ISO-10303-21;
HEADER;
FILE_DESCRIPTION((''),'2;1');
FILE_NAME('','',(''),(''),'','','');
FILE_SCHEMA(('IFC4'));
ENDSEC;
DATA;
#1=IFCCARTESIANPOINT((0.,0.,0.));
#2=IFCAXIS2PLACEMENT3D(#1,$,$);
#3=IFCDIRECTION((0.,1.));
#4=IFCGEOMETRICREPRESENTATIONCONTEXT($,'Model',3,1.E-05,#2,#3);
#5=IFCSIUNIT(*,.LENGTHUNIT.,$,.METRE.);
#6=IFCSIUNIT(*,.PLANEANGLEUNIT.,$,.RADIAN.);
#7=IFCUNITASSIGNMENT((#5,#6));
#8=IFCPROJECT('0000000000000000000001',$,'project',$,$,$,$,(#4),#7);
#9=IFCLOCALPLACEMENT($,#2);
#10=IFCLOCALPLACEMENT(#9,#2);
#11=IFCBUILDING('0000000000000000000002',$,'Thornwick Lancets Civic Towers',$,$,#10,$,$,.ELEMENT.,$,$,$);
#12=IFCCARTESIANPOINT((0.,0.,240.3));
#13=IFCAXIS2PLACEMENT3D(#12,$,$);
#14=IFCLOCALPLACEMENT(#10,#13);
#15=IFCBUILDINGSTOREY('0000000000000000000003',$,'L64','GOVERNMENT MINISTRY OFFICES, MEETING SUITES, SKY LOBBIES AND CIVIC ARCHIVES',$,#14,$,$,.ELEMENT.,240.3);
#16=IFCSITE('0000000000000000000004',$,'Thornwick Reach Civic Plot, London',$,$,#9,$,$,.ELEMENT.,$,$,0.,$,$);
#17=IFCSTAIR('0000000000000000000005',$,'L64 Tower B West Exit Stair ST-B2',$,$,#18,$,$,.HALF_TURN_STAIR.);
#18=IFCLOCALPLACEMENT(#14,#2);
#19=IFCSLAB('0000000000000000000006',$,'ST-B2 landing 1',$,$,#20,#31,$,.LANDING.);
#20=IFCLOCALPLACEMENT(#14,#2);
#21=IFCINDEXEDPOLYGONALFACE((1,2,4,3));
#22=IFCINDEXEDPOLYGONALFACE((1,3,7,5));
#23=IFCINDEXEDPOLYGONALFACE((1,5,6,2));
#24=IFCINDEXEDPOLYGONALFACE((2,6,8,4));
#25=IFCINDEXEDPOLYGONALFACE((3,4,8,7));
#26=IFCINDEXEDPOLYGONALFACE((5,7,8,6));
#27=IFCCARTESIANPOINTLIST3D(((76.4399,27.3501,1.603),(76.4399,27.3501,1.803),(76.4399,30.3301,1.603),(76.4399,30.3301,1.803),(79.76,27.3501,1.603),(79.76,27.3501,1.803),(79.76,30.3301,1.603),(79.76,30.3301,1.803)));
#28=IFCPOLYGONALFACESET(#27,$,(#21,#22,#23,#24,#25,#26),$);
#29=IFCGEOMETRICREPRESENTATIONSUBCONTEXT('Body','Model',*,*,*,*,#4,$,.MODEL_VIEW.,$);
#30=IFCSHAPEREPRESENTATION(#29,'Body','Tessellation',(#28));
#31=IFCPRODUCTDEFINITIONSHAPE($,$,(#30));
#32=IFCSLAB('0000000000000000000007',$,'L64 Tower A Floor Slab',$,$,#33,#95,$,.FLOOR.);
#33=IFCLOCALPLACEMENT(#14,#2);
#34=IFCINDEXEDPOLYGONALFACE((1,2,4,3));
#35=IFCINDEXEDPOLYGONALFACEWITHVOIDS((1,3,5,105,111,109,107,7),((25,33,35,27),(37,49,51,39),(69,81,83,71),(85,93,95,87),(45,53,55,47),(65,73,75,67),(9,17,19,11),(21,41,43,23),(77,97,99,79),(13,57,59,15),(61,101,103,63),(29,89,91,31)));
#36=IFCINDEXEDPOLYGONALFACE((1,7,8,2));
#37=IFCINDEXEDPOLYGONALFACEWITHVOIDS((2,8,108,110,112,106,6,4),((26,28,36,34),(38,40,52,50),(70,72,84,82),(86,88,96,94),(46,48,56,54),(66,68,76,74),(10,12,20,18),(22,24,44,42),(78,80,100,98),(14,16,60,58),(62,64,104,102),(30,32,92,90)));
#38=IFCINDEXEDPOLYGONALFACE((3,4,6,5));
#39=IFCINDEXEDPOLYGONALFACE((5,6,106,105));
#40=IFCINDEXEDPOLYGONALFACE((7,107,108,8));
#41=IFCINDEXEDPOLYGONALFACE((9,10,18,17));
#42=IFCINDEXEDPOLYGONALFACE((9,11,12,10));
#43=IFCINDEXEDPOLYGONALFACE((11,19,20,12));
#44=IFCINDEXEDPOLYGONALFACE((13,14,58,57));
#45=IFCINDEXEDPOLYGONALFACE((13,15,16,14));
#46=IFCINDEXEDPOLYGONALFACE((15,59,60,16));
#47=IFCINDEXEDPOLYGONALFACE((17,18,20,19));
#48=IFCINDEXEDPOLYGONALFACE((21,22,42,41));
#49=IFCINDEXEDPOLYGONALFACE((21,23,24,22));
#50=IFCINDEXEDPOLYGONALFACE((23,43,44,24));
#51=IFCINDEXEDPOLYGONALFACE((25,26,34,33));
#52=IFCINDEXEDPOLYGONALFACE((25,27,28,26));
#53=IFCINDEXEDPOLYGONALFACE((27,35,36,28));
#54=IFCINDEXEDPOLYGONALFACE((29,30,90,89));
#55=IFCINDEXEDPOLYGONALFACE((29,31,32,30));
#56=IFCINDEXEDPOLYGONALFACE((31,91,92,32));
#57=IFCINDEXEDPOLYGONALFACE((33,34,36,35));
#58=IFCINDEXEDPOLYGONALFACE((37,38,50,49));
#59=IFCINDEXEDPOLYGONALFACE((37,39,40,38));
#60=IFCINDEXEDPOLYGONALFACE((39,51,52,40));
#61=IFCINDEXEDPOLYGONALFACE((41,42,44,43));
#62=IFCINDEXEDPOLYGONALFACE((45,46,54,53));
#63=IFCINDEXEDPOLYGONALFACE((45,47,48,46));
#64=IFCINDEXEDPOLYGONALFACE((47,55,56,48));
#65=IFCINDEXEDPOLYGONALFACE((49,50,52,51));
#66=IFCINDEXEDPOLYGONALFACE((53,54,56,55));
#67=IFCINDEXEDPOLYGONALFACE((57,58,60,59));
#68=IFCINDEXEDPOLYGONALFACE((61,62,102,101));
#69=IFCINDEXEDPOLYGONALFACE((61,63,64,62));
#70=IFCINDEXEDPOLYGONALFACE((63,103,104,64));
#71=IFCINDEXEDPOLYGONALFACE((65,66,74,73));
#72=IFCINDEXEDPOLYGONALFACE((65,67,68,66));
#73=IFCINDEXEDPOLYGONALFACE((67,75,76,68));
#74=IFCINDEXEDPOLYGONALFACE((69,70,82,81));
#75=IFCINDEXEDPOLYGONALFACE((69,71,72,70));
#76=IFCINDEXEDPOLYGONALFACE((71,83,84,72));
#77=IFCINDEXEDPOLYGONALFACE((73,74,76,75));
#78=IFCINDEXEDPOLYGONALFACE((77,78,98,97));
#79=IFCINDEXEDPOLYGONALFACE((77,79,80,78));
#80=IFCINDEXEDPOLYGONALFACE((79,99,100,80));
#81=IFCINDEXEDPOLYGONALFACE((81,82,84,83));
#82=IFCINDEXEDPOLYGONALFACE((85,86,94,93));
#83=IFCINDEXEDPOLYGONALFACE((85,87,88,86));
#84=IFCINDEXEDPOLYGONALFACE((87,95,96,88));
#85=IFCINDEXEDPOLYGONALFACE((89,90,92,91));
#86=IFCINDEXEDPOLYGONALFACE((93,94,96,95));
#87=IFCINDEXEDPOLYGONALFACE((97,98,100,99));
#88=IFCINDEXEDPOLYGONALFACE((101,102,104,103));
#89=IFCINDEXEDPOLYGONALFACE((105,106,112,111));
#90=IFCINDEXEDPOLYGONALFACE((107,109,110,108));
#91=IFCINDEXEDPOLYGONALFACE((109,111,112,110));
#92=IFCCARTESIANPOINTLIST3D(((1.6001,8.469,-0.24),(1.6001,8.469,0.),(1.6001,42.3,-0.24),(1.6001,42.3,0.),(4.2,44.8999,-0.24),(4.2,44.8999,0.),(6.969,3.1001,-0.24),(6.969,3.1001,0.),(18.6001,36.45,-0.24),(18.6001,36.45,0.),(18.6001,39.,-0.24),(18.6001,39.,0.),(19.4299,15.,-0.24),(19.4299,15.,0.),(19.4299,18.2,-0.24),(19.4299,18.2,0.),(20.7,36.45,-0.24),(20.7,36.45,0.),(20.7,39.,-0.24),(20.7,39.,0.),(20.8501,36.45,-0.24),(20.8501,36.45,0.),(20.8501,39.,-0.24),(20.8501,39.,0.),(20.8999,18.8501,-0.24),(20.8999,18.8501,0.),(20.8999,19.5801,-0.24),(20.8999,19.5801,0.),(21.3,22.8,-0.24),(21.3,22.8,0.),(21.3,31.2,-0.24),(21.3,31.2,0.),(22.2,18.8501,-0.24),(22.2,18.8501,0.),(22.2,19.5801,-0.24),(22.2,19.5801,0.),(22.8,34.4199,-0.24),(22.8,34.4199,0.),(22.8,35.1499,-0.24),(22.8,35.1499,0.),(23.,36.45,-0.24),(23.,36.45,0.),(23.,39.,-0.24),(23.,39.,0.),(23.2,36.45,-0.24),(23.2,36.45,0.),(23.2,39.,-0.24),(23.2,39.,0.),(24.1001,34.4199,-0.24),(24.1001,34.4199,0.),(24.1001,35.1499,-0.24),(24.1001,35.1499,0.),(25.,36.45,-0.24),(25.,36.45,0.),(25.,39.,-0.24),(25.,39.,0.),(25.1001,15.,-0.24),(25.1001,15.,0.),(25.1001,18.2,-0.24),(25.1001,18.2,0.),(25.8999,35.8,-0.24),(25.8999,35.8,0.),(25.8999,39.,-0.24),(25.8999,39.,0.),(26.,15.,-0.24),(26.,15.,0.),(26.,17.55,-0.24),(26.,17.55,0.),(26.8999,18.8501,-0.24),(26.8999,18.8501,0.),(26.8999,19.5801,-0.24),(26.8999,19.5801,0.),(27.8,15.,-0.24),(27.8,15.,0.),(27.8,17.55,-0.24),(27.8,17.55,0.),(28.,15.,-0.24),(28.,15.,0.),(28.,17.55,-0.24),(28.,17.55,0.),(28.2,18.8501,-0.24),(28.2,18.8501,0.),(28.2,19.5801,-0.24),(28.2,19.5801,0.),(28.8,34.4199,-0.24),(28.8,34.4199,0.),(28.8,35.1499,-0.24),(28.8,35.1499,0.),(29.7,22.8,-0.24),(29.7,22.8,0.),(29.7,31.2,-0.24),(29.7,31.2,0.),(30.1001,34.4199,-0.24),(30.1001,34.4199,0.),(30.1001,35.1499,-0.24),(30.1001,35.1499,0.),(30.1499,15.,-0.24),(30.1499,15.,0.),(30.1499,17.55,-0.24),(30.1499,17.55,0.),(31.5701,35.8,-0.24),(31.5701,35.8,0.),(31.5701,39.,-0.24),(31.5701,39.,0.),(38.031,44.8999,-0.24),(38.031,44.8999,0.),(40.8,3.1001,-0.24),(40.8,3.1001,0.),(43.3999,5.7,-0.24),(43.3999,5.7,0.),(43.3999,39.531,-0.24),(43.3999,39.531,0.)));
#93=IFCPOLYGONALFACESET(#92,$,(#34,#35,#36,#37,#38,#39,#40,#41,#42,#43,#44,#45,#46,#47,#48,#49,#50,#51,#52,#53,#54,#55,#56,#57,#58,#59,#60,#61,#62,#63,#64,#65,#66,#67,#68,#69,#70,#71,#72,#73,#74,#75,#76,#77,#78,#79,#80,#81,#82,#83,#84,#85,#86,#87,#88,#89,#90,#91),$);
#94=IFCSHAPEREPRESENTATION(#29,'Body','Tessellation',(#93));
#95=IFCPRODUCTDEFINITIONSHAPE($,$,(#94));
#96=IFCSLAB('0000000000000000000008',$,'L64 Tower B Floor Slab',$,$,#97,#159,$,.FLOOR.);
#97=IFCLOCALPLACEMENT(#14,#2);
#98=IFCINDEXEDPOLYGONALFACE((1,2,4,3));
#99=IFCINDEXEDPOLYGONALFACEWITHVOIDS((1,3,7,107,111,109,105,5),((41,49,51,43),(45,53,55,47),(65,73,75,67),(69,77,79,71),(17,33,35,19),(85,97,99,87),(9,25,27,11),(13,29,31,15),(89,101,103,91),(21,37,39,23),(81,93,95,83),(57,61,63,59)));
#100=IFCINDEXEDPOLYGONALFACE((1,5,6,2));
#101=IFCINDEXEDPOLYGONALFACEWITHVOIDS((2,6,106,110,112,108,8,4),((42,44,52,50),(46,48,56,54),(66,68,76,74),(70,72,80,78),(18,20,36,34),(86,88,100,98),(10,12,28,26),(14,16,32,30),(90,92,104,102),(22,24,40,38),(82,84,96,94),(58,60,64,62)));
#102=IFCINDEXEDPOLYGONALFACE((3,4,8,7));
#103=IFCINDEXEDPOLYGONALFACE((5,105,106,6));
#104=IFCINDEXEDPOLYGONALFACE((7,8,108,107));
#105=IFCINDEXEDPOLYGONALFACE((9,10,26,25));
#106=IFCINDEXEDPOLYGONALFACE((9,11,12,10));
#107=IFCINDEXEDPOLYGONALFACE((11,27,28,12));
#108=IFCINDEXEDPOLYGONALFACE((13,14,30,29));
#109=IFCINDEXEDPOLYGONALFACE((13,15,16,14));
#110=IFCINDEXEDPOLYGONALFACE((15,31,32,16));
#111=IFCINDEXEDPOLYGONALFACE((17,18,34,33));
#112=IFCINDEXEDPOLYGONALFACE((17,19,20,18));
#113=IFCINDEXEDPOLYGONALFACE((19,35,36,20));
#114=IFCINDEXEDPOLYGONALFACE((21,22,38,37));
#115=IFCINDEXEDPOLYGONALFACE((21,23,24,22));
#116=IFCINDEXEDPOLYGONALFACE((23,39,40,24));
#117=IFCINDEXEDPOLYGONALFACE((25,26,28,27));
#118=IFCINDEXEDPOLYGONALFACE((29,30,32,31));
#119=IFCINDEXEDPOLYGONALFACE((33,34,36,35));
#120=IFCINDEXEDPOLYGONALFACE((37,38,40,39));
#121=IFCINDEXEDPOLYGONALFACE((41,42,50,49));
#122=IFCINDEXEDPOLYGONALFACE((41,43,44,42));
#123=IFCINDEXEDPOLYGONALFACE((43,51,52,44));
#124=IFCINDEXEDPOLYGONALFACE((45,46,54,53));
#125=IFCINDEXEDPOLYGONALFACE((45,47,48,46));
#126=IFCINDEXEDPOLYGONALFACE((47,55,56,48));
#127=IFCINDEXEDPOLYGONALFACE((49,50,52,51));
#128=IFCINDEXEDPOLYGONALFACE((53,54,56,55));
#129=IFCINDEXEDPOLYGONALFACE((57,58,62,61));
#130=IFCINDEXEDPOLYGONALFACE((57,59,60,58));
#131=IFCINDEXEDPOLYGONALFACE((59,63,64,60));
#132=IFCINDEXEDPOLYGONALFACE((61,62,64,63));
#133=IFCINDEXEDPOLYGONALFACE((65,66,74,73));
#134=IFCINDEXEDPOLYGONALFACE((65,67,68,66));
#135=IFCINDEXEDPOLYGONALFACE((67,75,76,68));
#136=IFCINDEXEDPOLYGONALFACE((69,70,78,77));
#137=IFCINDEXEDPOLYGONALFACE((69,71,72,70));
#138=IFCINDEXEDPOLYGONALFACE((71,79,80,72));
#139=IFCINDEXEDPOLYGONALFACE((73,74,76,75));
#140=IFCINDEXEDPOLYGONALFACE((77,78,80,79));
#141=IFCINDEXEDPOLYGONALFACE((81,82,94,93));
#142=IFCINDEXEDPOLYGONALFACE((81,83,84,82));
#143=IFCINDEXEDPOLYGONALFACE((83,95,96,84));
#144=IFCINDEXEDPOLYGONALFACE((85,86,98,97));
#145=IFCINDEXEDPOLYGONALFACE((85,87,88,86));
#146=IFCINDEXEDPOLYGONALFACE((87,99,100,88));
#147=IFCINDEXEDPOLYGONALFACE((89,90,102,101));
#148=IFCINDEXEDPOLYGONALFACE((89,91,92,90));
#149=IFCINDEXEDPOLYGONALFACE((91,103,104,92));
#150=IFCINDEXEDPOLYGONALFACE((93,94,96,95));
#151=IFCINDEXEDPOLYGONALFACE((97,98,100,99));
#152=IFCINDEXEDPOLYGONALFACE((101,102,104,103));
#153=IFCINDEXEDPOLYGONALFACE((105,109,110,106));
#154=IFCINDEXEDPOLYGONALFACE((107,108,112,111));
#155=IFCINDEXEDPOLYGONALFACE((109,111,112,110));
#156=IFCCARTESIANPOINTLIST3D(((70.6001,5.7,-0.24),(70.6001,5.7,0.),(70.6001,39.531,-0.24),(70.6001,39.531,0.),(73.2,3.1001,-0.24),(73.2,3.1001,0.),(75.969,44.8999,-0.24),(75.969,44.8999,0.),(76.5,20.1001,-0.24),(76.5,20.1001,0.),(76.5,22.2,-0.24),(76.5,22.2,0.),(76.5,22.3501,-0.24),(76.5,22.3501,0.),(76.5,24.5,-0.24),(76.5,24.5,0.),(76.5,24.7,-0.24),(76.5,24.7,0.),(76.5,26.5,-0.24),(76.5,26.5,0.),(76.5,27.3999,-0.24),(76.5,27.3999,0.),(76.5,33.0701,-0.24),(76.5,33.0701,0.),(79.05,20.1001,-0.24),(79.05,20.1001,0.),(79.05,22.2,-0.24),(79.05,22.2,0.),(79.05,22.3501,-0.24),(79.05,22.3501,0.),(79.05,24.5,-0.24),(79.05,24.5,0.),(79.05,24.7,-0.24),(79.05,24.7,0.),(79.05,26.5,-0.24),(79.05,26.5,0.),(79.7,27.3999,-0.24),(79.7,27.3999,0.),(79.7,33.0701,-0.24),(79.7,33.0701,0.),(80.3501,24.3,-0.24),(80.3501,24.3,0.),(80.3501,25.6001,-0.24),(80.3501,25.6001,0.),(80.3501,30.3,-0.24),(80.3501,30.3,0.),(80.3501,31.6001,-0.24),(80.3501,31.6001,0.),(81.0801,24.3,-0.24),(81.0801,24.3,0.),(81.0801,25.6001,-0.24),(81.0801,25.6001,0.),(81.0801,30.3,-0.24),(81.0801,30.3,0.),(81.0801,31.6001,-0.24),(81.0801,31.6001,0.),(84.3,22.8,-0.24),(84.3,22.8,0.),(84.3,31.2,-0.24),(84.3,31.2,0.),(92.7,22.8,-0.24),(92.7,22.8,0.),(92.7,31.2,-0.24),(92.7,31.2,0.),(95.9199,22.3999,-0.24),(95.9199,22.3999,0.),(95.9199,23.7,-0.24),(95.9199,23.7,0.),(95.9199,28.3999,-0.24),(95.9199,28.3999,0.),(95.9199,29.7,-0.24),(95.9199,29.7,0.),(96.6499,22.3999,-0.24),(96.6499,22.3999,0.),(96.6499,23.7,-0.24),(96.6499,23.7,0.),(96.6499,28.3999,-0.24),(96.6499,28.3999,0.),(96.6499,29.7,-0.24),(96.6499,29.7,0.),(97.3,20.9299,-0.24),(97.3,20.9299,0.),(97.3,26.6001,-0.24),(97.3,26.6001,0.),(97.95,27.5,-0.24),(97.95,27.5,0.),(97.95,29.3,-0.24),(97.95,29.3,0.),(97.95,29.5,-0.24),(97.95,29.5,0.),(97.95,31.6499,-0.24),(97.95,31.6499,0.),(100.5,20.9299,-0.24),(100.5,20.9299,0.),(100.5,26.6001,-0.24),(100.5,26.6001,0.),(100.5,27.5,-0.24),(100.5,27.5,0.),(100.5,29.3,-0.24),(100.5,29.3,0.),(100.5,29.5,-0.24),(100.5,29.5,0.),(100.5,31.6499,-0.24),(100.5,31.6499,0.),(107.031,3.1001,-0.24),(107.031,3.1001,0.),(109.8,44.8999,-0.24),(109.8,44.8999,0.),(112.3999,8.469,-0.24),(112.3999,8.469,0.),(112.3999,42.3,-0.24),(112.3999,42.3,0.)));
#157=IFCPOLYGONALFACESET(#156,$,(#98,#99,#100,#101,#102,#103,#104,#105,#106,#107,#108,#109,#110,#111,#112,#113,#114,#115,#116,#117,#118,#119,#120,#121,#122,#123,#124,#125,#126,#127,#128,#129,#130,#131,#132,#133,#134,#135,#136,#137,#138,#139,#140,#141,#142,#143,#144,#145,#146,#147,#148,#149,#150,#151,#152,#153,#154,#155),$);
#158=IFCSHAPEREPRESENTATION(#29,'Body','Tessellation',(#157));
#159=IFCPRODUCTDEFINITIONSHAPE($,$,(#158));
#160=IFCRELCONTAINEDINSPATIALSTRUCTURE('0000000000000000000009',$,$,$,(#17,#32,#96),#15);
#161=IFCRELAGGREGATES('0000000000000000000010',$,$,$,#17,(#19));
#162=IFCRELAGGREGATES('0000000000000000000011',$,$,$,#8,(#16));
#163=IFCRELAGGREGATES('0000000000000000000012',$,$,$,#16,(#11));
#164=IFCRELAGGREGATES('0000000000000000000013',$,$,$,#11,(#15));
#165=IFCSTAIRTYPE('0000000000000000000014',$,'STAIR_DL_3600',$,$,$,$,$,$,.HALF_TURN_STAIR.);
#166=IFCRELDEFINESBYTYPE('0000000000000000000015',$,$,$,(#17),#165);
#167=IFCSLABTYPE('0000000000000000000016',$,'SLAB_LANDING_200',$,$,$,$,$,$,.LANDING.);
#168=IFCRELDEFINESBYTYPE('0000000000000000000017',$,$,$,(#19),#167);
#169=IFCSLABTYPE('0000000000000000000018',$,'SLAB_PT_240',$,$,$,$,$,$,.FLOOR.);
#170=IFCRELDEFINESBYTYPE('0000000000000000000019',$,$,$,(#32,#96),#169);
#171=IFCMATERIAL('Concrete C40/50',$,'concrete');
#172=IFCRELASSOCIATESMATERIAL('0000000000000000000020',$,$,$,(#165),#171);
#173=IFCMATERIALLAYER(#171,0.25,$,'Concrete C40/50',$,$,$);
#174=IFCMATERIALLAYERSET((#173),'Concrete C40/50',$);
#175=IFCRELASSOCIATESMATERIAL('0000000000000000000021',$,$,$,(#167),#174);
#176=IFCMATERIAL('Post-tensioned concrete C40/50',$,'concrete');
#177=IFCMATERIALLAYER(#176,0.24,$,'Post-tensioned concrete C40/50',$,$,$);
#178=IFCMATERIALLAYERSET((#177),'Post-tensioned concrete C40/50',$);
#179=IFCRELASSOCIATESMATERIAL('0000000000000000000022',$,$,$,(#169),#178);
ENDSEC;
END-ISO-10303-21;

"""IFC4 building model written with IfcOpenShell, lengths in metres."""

from ifc_helpers import new_model, si_unit, direction, frame, origin, place, context, subcontext, project, spatial, polyline, outline, extrude, material, layer, layer_set, type_object, element, aggregate, save


model = new_model("IFC4")

# Units and contexts
model_context = context("Model", 3, precision=1e-05, world=origin(), true_north=direction((0.0, 1.0)))
body_context = subcontext(model_context, "Body", "Model", "MODEL_VIEW")
ifc_project = project(units=[si_unit("LENGTHUNIT", "METRE"), si_unit("PLANEANGLEUNIT", "RADIAN")], contexts=[model_context])

# Site, building, storey
site_placement = place(None, origin())
site = spatial("IfcSite", under=ifc_project, at=site_placement, Name="Thornwick Reach Civic Plot, London", CompositionType="ELEMENT", RefElevation=0.0)
building_placement = place(site_placement, origin())
building = spatial("IfcBuilding", under=site, at=building_placement, Name="Thornwick Lancets Civic Towers", CompositionType="ELEMENT")
storey_placement = place(building_placement, frame((0.0, 0.0, 240.3)))
storey = spatial("IfcBuildingStorey", under=building, at=storey_placement, Name="L64", Description="GOVERNMENT MINISTRY OFFICES, MEETING SUITES, SKY LOBBIES AND CIVIC ARCHIVES", CompositionType="ELEMENT", Elevation=240.3)

# Shared definitions
ifc_material_1 = material(Name="Post-tensioned concrete C40/50", Category="concrete")

# Stair, slab
ifc_material_2 = material(Name="Concrete C40/50", Category="concrete")
stair_type = type_object("IfcStairType", Name="STAIR_DL_3600", PredefinedType="HALF_TURN_STAIR", material=ifc_material_2)
ifc_layer_1 = layer(ifc_material_2, 0.25, Name="Concrete C40/50")
ifc_layer_set_1 = layer_set([ifc_layer_1], Name="Concrete C40/50")
slab_type_1 = type_object("IfcSlabType", Name="SLAB_LANDING_200", PredefinedType="LANDING", material=ifc_layer_set_1)
stair_1_placement = place(storey_placement, origin())
stair_1 = element("IfcStair", 1, at=stair_1_placement, inside=storey, type_object=stair_type, Name="L64 Tower B West Exit Stair ST-B2", PredefinedType="HALF_TURN_STAIR")
slab_1_placement = place(storey_placement, frame((0.0, 0.0, 1.603)))
slab_1 = element("IfcSlab", 2, at=slab_1_placement, type_object=slab_type_1, Name="ST-B2 landing 1", PredefinedType="LANDING", context=body_context, shape_type="SweptSolid", body=[
    extrude(outline(polyline([(76.4399, 30.3301), (76.4399, 27.3501), (79.76, 27.3501), (79.76, 30.3301), (76.4399, 30.3301)])), origin(), (0.0, 0.0, 1.0), 0.2),
])
aggregate(stair_1, [slab_1])

# Slabs
ifc_layer_2 = layer(ifc_material_1, 0.24, Name="Post-tensioned concrete C40/50")
ifc_layer_set_2 = layer_set([ifc_layer_2], Name="Post-tensioned concrete C40/50")
slab_type_2 = type_object("IfcSlabType", Name="SLAB_PT_240", PredefinedType="FLOOR", material=ifc_layer_set_2)
slab_2_placement = place(storey_placement, frame((0.0, 0.0, -0.24)))
element("IfcSlab", 3, at=slab_2_placement, inside=storey, type_object=slab_type_2, Name="L64 Tower A Floor Slab", PredefinedType="FLOOR", context=body_context, shape_type="SweptSolid", body=[
    extrude(outline(polyline([(6.969, 3.1001), (40.8, 3.1001), (43.3999, 5.7), (43.3999, 39.531), (38.031, 44.8999), (4.2, 44.8999), (1.6001, 42.3), (1.6001, 8.469), (6.969, 3.1001)]), holes=[polyline([(21.3, 22.8), (29.7, 22.8), (29.7, 31.2), (21.3, 31.2), (21.3, 22.8)]), polyline([(19.4299, 15.0), (25.1001, 15.0), (25.1001, 18.2), (19.4299, 18.2), (19.4299, 15.0)]), polyline([(31.5701, 39.0), (25.8999, 39.0), (25.8999, 35.8), (31.5701, 35.8), (31.5701, 39.0)]), polyline([(26.0, 15.0), (27.8, 15.0), (27.8, 17.55), (26.0, 17.55), (26.0, 15.0)]), polyline([(28.0, 15.0), (30.1499, 15.0), (30.1499, 17.55), (28.0, 17.55), (28.0, 15.0)]), polyline([(23.2, 36.45), (25.0, 36.45), (25.0, 39.0), (23.2, 39.0), (23.2, 36.45)]), polyline([(20.8501, 36.45), (23.0, 36.45), (23.0, 39.0), (20.8501, 39.0), (20.8501, 36.45)]), polyline([(18.6001, 36.45), (20.7, 36.45), (20.7, 39.0), (18.6001, 39.0), (18.6001, 36.45)]), polyline([(26.8999, 18.8501), (28.2, 18.8501), (28.2, 19.5801), (26.8999, 19.5801), (26.8999, 18.8501)]), polyline([(20.8999, 18.8501), (22.2, 18.8501), (22.2, 19.5801), (20.8999, 19.5801), (20.8999, 18.8501)]), polyline([(22.8, 34.4199), (24.1001, 34.4199), (24.1001, 35.1499), (22.8, 35.1499), (22.8, 34.4199)]), polyline([(28.8, 34.4199), (30.1001, 34.4199), (30.1001, 35.1499), (28.8, 35.1499), (28.8, 34.4199)])]), origin(), (0.0, 0.0, 1.0), 0.24),
])
slab_3_placement = place(storey_placement, frame((0.0, 0.0, -0.24)))
element("IfcSlab", 4, at=slab_3_placement, inside=storey, type_object=slab_type_2, Name="L64 Tower B Floor Slab", PredefinedType="FLOOR", context=body_context, shape_type="SweptSolid", body=[
    extrude(outline(polyline([(73.2, 3.1001), (107.031, 3.1001), (112.3999, 8.469), (112.3999, 42.3), (109.8, 44.8999), (75.969, 44.8999), (70.6001, 39.531), (70.6001, 5.7), (73.2, 3.1001)]), holes=[polyline([(84.3, 22.8), (92.7, 22.8), (92.7, 31.2), (84.3, 31.2), (84.3, 22.8)]), polyline([(100.5, 20.9299), (100.5, 26.6001), (97.3, 26.6001), (97.3, 20.9299), (100.5, 20.9299)]), polyline([(76.5, 33.0701), (76.5, 27.3999), (79.7, 27.3999), (79.7, 33.0701), (76.5, 33.0701)]), polyline([(97.95, 27.5), (100.5, 27.5), (100.5, 29.3), (97.95, 29.3), (97.95, 27.5)]), polyline([(97.95, 29.5), (100.5, 29.5), (100.5, 31.6499), (97.95, 31.6499), (97.95, 29.5)]), polyline([(76.5, 24.7), (79.05, 24.7), (79.05, 26.5), (76.5, 26.5), (76.5, 24.7)]), polyline([(76.5, 22.3501), (79.05, 22.3501), (79.05, 24.5), (76.5, 24.5), (76.5, 22.3501)]), polyline([(76.5, 20.1001), (79.05, 20.1001), (79.05, 22.2), (76.5, 22.2), (76.5, 20.1001)]), polyline([(95.9199, 28.3999), (96.6499, 28.3999), (96.6499, 29.7), (95.9199, 29.7), (95.9199, 28.3999)]), polyline([(95.9199, 22.3999), (96.6499, 22.3999), (96.6499, 23.7), (95.9199, 23.7), (95.9199, 22.3999)]), polyline([(80.3501, 24.3), (81.0801, 24.3), (81.0801, 25.6001), (80.3501, 25.6001), (80.3501, 24.3)]), polyline([(80.3501, 30.3), (81.0801, 30.3), (81.0801, 31.6001), (80.3501, 31.6001), (80.3501, 30.3)])]), origin(), (0.0, 0.0, 1.0), 0.24),
])

save(model, "model.ifc")
